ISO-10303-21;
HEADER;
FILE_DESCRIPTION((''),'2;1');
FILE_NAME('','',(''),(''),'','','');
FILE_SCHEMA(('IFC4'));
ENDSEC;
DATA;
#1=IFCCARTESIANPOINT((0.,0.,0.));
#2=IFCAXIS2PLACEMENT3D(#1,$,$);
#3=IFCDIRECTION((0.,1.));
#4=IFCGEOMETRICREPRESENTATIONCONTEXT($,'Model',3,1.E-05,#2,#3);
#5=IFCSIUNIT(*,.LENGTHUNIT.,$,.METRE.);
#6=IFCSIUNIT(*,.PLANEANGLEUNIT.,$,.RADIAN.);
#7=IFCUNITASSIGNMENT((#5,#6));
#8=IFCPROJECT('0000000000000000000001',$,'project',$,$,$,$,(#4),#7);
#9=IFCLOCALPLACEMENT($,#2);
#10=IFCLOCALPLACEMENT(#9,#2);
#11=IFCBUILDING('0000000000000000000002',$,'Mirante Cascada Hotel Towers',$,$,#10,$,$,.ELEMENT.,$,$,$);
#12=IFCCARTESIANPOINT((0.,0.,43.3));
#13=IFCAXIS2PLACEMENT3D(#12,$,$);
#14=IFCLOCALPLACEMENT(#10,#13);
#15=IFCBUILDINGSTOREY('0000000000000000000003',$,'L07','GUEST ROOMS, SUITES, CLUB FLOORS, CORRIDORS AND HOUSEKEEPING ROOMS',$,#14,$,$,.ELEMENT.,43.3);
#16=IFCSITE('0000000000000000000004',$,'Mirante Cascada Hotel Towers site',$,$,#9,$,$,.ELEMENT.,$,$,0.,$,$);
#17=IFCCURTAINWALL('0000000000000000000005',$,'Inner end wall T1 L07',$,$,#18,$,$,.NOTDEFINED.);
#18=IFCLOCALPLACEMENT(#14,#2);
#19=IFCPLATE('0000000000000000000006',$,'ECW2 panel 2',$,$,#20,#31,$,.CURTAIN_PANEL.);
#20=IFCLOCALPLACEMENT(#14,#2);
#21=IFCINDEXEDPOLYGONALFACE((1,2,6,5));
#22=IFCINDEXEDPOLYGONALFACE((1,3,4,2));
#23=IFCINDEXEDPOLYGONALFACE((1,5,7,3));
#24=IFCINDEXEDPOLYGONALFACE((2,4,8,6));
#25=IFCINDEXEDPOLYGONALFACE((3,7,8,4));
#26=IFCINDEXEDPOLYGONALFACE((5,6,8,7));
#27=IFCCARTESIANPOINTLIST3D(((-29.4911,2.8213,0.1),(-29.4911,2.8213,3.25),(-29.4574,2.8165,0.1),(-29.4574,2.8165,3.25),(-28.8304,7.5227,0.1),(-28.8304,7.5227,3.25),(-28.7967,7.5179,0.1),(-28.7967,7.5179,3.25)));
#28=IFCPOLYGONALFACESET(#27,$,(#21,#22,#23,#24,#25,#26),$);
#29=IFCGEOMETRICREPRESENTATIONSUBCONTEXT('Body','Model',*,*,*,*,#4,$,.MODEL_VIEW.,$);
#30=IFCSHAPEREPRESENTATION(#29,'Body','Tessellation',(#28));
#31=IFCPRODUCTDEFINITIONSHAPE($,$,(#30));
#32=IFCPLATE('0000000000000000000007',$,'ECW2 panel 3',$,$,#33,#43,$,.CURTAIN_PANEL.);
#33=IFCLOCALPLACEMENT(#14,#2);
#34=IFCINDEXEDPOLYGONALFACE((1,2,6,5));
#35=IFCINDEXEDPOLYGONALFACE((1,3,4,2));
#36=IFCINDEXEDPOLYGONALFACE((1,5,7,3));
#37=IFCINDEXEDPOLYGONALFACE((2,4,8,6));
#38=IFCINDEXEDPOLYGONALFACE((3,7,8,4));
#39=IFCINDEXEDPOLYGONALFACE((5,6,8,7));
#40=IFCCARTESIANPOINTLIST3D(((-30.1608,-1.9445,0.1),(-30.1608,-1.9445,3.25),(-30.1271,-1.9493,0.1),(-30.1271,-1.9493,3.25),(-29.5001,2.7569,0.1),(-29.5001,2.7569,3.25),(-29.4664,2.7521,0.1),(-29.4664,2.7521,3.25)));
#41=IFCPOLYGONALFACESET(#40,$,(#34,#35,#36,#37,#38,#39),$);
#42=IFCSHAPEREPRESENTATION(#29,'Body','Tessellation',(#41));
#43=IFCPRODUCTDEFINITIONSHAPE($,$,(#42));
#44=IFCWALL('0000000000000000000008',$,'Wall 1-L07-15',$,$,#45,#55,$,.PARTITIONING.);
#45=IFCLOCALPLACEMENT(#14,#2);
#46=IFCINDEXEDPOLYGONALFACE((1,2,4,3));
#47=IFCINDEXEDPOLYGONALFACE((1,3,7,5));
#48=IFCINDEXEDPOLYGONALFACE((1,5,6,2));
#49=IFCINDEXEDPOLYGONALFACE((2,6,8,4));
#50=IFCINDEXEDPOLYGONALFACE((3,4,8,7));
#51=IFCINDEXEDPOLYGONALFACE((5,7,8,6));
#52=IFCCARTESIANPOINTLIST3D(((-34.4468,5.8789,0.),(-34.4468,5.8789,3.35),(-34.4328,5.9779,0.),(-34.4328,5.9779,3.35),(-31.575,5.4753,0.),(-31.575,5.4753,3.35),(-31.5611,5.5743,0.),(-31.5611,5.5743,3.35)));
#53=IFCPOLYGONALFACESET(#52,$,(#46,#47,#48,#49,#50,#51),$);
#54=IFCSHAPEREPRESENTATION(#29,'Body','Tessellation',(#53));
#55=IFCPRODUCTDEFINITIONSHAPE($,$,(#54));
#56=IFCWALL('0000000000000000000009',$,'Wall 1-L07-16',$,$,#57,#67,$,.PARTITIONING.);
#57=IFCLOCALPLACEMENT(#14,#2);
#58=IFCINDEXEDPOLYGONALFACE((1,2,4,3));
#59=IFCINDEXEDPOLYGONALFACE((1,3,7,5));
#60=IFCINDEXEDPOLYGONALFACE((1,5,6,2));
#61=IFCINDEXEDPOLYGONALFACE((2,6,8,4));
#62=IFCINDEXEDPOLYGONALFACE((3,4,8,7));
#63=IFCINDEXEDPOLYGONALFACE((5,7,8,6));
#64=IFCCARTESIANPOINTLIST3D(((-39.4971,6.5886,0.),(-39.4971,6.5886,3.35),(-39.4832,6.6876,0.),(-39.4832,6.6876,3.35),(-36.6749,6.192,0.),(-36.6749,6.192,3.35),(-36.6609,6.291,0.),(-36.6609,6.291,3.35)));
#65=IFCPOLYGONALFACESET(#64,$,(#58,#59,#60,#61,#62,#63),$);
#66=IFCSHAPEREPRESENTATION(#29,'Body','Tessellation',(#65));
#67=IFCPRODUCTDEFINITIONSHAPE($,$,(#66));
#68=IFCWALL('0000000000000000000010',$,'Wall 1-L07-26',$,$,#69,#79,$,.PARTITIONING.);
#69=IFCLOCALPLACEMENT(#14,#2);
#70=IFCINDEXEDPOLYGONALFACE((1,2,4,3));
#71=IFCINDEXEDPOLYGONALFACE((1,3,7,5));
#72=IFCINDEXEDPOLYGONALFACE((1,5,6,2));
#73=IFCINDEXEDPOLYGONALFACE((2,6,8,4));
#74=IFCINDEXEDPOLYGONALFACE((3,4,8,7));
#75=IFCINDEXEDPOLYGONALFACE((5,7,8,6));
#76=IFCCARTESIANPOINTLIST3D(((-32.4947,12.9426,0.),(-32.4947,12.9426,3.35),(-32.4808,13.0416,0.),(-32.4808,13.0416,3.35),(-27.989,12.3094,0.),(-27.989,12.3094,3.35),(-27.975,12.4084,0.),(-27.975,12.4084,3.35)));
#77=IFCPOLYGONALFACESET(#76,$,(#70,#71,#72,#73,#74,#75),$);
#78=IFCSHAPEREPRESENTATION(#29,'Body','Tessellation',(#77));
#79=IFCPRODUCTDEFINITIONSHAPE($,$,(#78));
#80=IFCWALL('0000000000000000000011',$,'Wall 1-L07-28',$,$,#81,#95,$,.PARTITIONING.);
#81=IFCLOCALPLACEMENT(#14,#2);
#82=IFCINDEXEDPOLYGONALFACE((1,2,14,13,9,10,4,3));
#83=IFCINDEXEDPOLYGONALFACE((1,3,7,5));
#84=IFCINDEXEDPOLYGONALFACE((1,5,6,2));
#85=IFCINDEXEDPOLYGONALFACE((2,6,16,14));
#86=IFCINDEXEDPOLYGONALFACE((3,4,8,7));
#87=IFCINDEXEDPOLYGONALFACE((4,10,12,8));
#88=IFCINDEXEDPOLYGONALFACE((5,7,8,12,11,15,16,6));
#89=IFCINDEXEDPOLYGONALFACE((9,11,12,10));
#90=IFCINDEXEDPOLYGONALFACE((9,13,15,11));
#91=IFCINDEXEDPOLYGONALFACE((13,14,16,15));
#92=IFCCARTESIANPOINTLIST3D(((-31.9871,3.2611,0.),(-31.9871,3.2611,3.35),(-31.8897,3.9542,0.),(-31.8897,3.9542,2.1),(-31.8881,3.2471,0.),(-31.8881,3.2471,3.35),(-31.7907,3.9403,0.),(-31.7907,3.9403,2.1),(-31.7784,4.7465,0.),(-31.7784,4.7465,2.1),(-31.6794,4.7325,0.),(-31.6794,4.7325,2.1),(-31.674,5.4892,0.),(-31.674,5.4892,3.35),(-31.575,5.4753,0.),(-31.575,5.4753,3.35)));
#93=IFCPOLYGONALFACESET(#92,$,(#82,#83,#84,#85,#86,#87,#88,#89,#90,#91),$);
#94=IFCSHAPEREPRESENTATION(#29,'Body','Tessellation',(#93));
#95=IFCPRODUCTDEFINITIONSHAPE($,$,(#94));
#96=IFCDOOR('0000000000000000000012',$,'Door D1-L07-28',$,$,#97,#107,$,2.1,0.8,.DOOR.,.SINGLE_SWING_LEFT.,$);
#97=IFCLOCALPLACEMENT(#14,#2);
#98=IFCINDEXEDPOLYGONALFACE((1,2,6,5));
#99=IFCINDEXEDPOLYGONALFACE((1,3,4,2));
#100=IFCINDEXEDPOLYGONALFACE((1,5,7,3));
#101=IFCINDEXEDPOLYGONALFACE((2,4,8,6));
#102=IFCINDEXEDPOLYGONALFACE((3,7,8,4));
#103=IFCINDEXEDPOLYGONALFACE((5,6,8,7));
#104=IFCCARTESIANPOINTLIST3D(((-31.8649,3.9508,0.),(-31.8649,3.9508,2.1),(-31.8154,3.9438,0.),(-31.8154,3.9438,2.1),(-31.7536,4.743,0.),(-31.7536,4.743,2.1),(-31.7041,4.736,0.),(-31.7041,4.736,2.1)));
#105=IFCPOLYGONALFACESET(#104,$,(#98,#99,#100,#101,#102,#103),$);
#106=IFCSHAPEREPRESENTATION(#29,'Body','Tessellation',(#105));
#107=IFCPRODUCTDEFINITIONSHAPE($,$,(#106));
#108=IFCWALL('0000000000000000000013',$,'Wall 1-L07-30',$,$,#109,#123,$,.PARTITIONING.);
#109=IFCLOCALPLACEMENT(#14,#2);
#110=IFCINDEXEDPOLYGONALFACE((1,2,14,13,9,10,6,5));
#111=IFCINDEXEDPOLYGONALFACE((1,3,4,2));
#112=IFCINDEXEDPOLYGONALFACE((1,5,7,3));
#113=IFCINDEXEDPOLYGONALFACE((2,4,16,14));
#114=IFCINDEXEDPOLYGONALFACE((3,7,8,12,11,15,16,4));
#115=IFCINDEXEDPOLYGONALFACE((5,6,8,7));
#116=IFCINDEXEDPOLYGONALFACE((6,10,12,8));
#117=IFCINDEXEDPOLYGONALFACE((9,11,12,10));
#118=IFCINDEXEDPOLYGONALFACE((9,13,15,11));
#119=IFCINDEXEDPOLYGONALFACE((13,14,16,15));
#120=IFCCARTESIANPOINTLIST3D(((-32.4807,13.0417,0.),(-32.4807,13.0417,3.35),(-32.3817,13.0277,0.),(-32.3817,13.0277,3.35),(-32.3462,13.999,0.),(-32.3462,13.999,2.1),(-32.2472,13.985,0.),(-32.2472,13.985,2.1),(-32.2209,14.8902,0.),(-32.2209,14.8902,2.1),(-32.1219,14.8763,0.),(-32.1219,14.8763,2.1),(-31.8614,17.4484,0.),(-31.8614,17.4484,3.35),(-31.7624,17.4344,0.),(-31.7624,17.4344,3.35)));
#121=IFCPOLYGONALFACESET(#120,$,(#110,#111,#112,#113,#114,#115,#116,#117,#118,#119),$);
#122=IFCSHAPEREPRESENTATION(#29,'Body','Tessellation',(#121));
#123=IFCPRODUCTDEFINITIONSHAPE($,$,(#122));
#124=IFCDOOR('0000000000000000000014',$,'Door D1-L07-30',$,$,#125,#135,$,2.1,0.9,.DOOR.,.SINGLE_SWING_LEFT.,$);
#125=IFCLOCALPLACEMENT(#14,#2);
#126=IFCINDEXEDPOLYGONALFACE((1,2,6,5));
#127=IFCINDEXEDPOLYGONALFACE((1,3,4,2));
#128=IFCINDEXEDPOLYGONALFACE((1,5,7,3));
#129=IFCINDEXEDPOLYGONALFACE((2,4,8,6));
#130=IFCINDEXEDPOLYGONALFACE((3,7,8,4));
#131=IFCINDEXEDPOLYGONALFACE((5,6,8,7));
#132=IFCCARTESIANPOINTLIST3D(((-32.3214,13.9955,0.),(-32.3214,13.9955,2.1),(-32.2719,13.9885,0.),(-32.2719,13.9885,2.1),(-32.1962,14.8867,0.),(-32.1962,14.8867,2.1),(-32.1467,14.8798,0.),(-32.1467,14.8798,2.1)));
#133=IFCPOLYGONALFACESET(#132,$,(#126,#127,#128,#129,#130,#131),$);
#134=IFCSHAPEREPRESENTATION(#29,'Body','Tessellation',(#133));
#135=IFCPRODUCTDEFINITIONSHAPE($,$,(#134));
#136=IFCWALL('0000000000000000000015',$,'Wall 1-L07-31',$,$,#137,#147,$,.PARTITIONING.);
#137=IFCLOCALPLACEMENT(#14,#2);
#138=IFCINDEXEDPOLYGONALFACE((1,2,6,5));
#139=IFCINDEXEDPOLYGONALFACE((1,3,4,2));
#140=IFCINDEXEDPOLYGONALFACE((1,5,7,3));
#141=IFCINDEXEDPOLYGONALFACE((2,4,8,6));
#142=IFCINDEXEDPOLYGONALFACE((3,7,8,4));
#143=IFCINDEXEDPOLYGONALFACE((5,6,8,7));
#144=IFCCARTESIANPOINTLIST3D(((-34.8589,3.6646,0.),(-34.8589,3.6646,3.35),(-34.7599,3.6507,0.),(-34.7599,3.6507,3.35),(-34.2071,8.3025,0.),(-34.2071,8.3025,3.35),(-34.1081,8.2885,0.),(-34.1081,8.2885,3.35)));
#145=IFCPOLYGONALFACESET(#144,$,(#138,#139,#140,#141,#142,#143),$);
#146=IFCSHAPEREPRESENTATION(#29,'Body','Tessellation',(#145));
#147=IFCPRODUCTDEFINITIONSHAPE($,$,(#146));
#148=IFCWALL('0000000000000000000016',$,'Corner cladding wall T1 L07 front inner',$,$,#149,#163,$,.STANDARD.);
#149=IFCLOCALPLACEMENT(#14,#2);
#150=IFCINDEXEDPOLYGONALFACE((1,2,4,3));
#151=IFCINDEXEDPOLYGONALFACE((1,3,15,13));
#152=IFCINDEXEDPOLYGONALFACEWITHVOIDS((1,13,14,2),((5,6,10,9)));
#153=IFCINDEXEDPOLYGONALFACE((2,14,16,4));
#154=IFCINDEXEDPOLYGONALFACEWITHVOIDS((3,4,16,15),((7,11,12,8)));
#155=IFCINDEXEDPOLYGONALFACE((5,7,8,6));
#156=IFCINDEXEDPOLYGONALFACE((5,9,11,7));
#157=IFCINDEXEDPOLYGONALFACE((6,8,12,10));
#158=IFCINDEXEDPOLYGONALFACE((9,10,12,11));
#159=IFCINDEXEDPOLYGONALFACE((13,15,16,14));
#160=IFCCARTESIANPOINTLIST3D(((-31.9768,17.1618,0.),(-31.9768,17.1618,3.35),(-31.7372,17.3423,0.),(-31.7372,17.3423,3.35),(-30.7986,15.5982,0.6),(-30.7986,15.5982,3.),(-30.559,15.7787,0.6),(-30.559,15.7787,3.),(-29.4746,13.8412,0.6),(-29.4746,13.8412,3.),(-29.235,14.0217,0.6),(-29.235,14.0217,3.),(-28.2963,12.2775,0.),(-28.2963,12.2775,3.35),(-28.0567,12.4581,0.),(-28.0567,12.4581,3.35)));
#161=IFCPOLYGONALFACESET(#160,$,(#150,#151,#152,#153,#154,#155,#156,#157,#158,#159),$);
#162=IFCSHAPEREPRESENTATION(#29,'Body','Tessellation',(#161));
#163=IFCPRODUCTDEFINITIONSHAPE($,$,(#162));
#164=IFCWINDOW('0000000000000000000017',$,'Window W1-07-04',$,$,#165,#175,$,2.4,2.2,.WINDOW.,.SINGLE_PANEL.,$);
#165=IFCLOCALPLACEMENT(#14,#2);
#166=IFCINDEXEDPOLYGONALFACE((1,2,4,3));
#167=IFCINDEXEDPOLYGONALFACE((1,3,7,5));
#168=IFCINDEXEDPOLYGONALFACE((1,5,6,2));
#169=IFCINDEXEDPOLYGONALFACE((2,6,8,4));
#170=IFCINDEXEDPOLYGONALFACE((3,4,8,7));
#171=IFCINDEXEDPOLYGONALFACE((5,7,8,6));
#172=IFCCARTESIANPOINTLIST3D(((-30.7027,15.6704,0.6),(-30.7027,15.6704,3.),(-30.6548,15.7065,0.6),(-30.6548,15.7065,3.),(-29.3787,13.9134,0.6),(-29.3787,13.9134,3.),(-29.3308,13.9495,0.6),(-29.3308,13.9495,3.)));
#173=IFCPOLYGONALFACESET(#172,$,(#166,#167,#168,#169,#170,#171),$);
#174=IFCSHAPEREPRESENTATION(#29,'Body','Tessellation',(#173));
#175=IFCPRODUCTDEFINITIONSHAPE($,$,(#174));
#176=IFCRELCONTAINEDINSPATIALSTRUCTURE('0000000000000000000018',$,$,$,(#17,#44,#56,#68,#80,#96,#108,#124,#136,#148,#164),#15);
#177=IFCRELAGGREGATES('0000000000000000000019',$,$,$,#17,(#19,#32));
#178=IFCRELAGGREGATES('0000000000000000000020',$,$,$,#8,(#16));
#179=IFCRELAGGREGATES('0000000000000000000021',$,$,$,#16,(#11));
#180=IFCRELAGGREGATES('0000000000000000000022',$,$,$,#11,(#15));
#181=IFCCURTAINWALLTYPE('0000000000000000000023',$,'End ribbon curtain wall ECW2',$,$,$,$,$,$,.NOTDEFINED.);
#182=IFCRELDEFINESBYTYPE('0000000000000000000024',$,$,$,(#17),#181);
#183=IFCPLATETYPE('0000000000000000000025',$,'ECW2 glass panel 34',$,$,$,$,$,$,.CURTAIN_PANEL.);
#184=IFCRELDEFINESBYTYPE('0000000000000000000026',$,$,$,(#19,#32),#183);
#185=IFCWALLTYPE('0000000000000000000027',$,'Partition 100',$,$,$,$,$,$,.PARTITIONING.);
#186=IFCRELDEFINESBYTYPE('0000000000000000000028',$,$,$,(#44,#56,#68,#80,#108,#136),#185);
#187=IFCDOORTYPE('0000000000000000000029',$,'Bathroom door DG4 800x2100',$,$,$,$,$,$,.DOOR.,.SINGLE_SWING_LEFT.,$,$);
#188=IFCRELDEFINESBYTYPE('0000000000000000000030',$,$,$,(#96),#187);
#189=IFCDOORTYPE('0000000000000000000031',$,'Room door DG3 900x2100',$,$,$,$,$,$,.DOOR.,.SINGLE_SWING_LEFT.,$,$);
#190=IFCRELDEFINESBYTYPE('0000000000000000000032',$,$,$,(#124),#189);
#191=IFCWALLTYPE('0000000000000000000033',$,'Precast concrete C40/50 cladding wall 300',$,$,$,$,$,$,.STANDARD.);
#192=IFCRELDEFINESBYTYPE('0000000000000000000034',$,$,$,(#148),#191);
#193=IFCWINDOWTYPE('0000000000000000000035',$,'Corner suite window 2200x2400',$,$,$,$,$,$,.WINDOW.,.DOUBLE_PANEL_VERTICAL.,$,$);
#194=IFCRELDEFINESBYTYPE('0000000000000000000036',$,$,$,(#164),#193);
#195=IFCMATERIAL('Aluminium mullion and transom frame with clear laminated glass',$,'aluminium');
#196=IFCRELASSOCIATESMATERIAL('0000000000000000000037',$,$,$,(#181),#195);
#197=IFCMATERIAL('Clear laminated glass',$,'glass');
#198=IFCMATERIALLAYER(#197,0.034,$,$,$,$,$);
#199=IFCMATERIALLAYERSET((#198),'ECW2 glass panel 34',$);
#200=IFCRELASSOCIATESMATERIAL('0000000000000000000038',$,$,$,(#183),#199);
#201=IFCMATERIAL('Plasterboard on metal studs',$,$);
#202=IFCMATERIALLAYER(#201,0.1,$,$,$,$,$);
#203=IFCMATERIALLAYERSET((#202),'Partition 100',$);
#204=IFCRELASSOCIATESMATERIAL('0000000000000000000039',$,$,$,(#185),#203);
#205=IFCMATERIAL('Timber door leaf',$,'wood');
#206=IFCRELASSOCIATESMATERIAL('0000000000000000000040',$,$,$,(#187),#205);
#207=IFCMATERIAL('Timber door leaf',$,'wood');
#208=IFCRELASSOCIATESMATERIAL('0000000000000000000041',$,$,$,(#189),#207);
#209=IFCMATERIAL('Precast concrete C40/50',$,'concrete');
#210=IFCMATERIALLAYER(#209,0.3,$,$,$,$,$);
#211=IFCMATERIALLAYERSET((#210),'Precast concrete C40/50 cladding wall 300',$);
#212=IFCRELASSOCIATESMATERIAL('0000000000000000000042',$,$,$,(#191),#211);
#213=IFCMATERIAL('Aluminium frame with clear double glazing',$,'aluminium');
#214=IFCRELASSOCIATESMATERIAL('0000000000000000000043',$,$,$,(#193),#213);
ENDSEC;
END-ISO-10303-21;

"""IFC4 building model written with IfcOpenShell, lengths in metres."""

from ifc_helpers import new_model, si_unit, direction, frame, frame_2d, origin, origin_2d, place, context, subcontext, project, spatial, rectangle, extrude, material, layer, layer_set, type_object, element, fill, aggregate, save


model = new_model("IFC4")

# Units and contexts
model_context = context("Model", 3, precision=1e-05, world=origin(), true_north=direction((0.0, 1.0)))
body_context = subcontext(model_context, "Body", "Model", "MODEL_VIEW")
ifc_project = project(units=[si_unit("LENGTHUNIT", "METRE"), si_unit("PLANEANGLEUNIT", "RADIAN")], contexts=[model_context])

# Site, building, storey
site_placement = place(None, origin())
site = spatial("IfcSite", under=ifc_project, at=site_placement, Name="Mirante Cascada Hotel Towers site", CompositionType="ELEMENT", RefElevation=0.0)
building_placement = place(site_placement, origin())
building = spatial("IfcBuilding", under=site, at=building_placement, Name="Mirante Cascada Hotel Towers", CompositionType="ELEMENT")
storey_placement = place(building_placement, frame((0.0, 0.0, 43.3)))
storey = spatial("IfcBuildingStorey", under=building, at=storey_placement, Name="L07", Description="GUEST ROOMS, SUITES, CLUB FLOORS, CORRIDORS AND HOUSEKEEPING ROOMS", CompositionType="ELEMENT", Elevation=43.3)

# Curtain wall
ifc_material_1 = material(Name="Aluminium mullion and transom frame with clear laminated glass", Category="aluminium")
curtain_wall_type_1 = type_object("IfcCurtainWallType", Name="End ribbon curtain wall ECW2", PredefinedType="NOTDEFINED", material=ifc_material_1)
curtain_wall_1_placement = place(storey_placement, origin())
curtain_wall_1 = element("IfcCurtainWall", 1, at=curtain_wall_1_placement, inside=storey, type_object=curtain_wall_type_1, Name="Inner end wall T1 L07", PredefinedType="NOTDEFINED")

# Plates
ifc_material_2 = material(Name="Clear laminated glass", Category="glass")
ifc_layer_1 = layer(ifc_material_2, 0.034)
ifc_layer_set_1 = layer_set([ifc_layer_1], Name="ECW2 glass panel 34")
plate_type_1 = type_object("IfcPlateType", Name="ECW2 glass panel 34", PredefinedType="CURTAIN_PANEL", material=ifc_layer_set_1)
plate_1_placement = place(storey_placement, frame((-29.1439, 5.1696, 0.1), z_axis=(0.0, 0.0, 1.0), x_axis=(-0.139173, -0.990268, 0.0)))
plate_1 = element("IfcPlate", 2, at=plate_1_placement, type_object=plate_type_1, Name="ECW2 panel 2", PredefinedType="CURTAIN_PANEL", context=body_context, shape_type="SweptSolid", body=[
    extrude(rectangle(XDim=4.7476, YDim=0.034, at=origin_2d()), origin(), (0.0, 0.0, 1.0), 3.15),
])
plate_2_placement = place(storey_placement, frame((-29.8136, 0.4038, 0.1), z_axis=(0.0, 0.0, 1.0), x_axis=(-0.139173, -0.990268, 0.0)))
plate_2 = element("IfcPlate", 3, at=plate_2_placement, type_object=plate_type_1, Name="ECW2 panel 3", PredefinedType="CURTAIN_PANEL", context=body_context, shape_type="SweptSolid", body=[
    extrude(rectangle(XDim=4.7476, YDim=0.034, at=origin_2d()), origin(), (0.0, 0.0, 1.0), 3.15),
])
aggregate(curtain_wall_1, [plate_1, plate_2])

# Walls
ifc_material_3 = material(Name="Plasterboard on metal studs")
ifc_layer_2 = layer(ifc_material_3, 0.1)
ifc_layer_set_2 = layer_set([ifc_layer_2], Name="Partition 100")
wall_type_1 = type_object("IfcWallType", Name="Partition 100", PredefinedType="PARTITIONING", material=ifc_layer_set_2)
wall_1_placement = place(storey_placement, frame((-34.4398, 5.9284, 0.0), z_axis=(0.0, 0.0, 1.0), x_axis=(0.990268, -0.139171, 0.0)))
element("IfcWall", 4, at=wall_1_placement, inside=storey, type_object=wall_type_1, Name="Wall 1-L07-15", PredefinedType="PARTITIONING", context=body_context, shape_type="SweptSolid", body=[
    extrude(rectangle(XDim=2.9, YDim=0.1, at=frame_2d((1.45, 0.0))), origin(), (0.0, 0.0, 1.0), 3.35),
])
wall_2_placement = place(storey_placement, frame((-36.6679, 6.2415, 0.0), z_axis=(0.0, 0.0, 1.0), x_axis=(-0.99027, 0.139156, 0.0)))
element("IfcWall", 5, at=wall_2_placement, inside=storey, type_object=wall_type_1, Name="Wall 1-L07-16", PredefinedType="PARTITIONING", context=body_context, shape_type="SweptSolid", body=[
    extrude(rectangle(XDim=2.85, YDim=0.1, at=frame_2d((1.425, 0.0))), origin(), (0.0, 0.0, 1.0), 3.35),
])
wall_3_placement = place(storey_placement, frame((-27.982, 12.3589, 0.0), z_axis=(0.0, 0.0, 1.0), x_axis=(-0.990269, 0.139166, 0.0)))
element("IfcWall", 6, at=wall_3_placement, inside=storey, type_object=wall_type_1, Name="Wall 1-L07-26", PredefinedType="PARTITIONING", context=body_context, shape_type="SweptSolid", body=[
    extrude(rectangle(XDim=4.55, YDim=0.1, at=frame_2d((2.275, 0.0))), origin(), (0.0, 0.0, 1.0), 3.35),
])

# Walls, openings, doors
wall_4_placement = place(storey_placement, frame((-31.9376, 3.2541, 0.0), z_axis=(0.0, 0.0, 1.0), x_axis=(0.139156, 0.990271, 0.0)))
wall_4 = element("IfcWall", 7, at=wall_4_placement, inside=storey, type_object=wall_type_1, Name="Wall 1-L07-28", PredefinedType="PARTITIONING", context=body_context, shape_type="SweptSolid", body=[
    extrude(rectangle(XDim=2.25, YDim=0.1, at=frame_2d((1.125, 0.0))), origin(), (0.0, 0.0, 1.0), 3.35),
])
opening_1_placement = place(wall_4_placement, frame((0.7, 0.0, 0.0)))
opening_1 = element("IfcOpeningElement", 8, at=opening_1_placement, cuts=wall_4, PredefinedType="OPENING", context=body_context, shape_type="SweptSolid", body=[
    extrude(rectangle(XDim=0.8, YDim=2.1, at=frame_2d((0.4, 1.05))), frame((0.0, 0.05, 0.0), z_axis=(0.0, -1.0, 0.0), x_axis=(1.0, 0.0, 0.0)), (0.0, 0.0, 1.0), 0.1),
])
ifc_material_4 = material(Name="Timber door leaf", Category="wood")
door_type_1 = type_object("IfcDoorType", Name="Bathroom door DG4 800x2100", OperationType="SINGLE_SWING_LEFT", PredefinedType="DOOR", material=ifc_material_4)
door_1_placement = place(opening_1_placement, origin())
door_1 = element("IfcDoor", 9, at=door_1_placement, inside=storey, type_object=door_type_1, Name="Door D1-L07-28", OperationType="SINGLE_SWING_LEFT", OverallHeight=2.1, OverallWidth=0.8, PredefinedType="DOOR", context=body_context, shape_type="SweptSolid", body=[
    extrude(rectangle(XDim=0.8, YDim=2.1, at=frame_2d((0.4, 1.05))), frame((0.0, 0.025, 0.0), z_axis=(0.0, -1.0, 0.0), x_axis=(1.0, 0.0, 0.0)), (0.0, 0.0, 1.0), 0.05),
])
fill(opening_1, door_1)
wall_5_placement = place(storey_placement, frame((-32.4312, 13.0347, 0.0), z_axis=(0.0, 0.0, 1.0), x_axis=(0.139168, 0.990269, 0.0)))
wall_5 = element("IfcWall", 10, at=wall_5_placement, inside=storey, type_object=wall_type_1, Name="Wall 1-L07-30", PredefinedType="PARTITIONING", context=body_context, shape_type="SweptSolid", body=[
    extrude(rectangle(XDim=4.45, YDim=0.1, at=frame_2d((2.225, 0.0))), origin(), (0.0, 0.0, 1.0), 3.35),
])
opening_2_placement = place(wall_5_placement, frame((0.9667, 0.0, 0.0)))
opening_2 = element("IfcOpeningElement", 11, at=opening_2_placement, cuts=wall_5, PredefinedType="OPENING", context=body_context, shape_type="SweptSolid", body=[
    extrude(rectangle(XDim=0.9, YDim=2.1, at=frame_2d((0.45, 1.05))), frame((0.0, 0.05, 0.0), z_axis=(0.0, -1.0, 0.0), x_axis=(1.0, 0.0, 0.0)), (0.0, 0.0, 1.0), 0.1),
])
ifc_material_5 = material(Name="Timber door leaf", Category="wood")
door_type_2 = type_object("IfcDoorType", Name="Room door DG3 900x2100", OperationType="SINGLE_SWING_LEFT", PredefinedType="DOOR", material=ifc_material_5)
door_2_placement = place(opening_2_placement, origin())
door_2 = element("IfcDoor", 12, at=door_2_placement, inside=storey, type_object=door_type_2, Name="Door D1-L07-30", OperationType="SINGLE_SWING_LEFT", OverallHeight=2.1, OverallWidth=0.9, PredefinedType="DOOR", context=body_context, shape_type="SweptSolid", body=[
    extrude(rectangle(XDim=0.9, YDim=2.1, at=frame_2d((0.45, 1.05))), frame((0.0, 0.025, 0.0), z_axis=(0.0, -1.0, 0.0), x_axis=(1.0, 0.0, 0.0)), (0.0, 0.0, 1.0), 0.05),
])
fill(opening_2, door_2)

# Wall
wall_6_placement = place(storey_placement, frame((-34.1576, 8.2955, 0.0), z_axis=(0.0, 0.0, 1.0), x_axis=(-0.139173, -0.990268, 0.0)))
element("IfcWall", 13, at=wall_6_placement, inside=storey, type_object=wall_type_1, Name="Wall 1-L07-31", PredefinedType="PARTITIONING", context=body_context, shape_type="SweptSolid", body=[
    extrude(rectangle(XDim=4.6834, YDim=0.1, at=frame_2d((2.3417, 0.0))), origin(), (0.0, 0.0, 1.0), 3.35),
])

# Wall, opening, window
ifc_material_6 = material(Name="Precast concrete C40/50", Category="concrete")
ifc_layer_3 = layer(ifc_material_6, 0.3)
ifc_layer_set_3 = layer_set([ifc_layer_3], Name="Precast concrete C40/50 cladding wall 300")
wall_type_2 = type_object("IfcWallType", Name="Precast concrete C40/50 cladding wall 300", PredefinedType="STANDARD", material=ifc_layer_set_3)
wall_7_placement = place(storey_placement, frame((-31.857, 17.252, 0.0), z_axis=(0.0, 0.0, 1.0), x_axis=(0.601814, -0.798636, 0.0)))
wall_7 = element("IfcWall", 14, at=wall_7_placement, inside=storey, type_object=wall_type_2, Name="Corner cladding wall T1 L07 front inner", PredefinedType="STANDARD", context=body_context, shape_type="SweptSolid", body=[
    extrude(rectangle(XDim=6.1157, YDim=0.3, at=frame_2d((3.0578, 0.0))), origin(), (0.0, 0.0, 1.0), 3.35),
])
opening_3_placement = place(wall_7_placement, frame((1.9578, 0.0, 0.6)))
opening_3 = element("IfcOpeningElement", 15, at=opening_3_placement, cuts=wall_7, PredefinedType="OPENING", context=body_context, shape_type="SweptSolid", body=[
    extrude(rectangle(XDim=2.2, YDim=2.4, at=frame_2d((1.1, 1.2))), frame((0.0, 0.15, 0.0), z_axis=(0.0, -1.0, 0.0), x_axis=(1.0, 0.0, 0.0)), (0.0, 0.0, 1.0), 0.3),
])
ifc_material_7 = material(Name="Aluminium frame with clear double glazing", Category="aluminium")
window_type = type_object("IfcWindowType", Name="Corner suite window 2200x2400", PartitioningType="DOUBLE_PANEL_VERTICAL", PredefinedType="WINDOW", material=ifc_material_7)
window_placement = place(opening_3_placement, origin())
window = element("IfcWindow", 16, at=window_placement, inside=storey, type_object=window_type, Name="Window W1-07-04", OverallHeight=2.4, OverallWidth=2.2, PartitioningType="SINGLE_PANEL", PredefinedType="WINDOW", context=body_context, shape_type="SweptSolid", body=[
    extrude(rectangle(XDim=2.2, YDim=2.4, at=frame_2d((1.1, 1.2))), frame((0.0, 0.03, 0.0), z_axis=(0.0, -1.0, 0.0), x_axis=(1.0, 0.0, 0.0)), (0.0, 0.0, 1.0), 0.06),
])
fill(opening_3, window)

save(model, "model.ifc")
